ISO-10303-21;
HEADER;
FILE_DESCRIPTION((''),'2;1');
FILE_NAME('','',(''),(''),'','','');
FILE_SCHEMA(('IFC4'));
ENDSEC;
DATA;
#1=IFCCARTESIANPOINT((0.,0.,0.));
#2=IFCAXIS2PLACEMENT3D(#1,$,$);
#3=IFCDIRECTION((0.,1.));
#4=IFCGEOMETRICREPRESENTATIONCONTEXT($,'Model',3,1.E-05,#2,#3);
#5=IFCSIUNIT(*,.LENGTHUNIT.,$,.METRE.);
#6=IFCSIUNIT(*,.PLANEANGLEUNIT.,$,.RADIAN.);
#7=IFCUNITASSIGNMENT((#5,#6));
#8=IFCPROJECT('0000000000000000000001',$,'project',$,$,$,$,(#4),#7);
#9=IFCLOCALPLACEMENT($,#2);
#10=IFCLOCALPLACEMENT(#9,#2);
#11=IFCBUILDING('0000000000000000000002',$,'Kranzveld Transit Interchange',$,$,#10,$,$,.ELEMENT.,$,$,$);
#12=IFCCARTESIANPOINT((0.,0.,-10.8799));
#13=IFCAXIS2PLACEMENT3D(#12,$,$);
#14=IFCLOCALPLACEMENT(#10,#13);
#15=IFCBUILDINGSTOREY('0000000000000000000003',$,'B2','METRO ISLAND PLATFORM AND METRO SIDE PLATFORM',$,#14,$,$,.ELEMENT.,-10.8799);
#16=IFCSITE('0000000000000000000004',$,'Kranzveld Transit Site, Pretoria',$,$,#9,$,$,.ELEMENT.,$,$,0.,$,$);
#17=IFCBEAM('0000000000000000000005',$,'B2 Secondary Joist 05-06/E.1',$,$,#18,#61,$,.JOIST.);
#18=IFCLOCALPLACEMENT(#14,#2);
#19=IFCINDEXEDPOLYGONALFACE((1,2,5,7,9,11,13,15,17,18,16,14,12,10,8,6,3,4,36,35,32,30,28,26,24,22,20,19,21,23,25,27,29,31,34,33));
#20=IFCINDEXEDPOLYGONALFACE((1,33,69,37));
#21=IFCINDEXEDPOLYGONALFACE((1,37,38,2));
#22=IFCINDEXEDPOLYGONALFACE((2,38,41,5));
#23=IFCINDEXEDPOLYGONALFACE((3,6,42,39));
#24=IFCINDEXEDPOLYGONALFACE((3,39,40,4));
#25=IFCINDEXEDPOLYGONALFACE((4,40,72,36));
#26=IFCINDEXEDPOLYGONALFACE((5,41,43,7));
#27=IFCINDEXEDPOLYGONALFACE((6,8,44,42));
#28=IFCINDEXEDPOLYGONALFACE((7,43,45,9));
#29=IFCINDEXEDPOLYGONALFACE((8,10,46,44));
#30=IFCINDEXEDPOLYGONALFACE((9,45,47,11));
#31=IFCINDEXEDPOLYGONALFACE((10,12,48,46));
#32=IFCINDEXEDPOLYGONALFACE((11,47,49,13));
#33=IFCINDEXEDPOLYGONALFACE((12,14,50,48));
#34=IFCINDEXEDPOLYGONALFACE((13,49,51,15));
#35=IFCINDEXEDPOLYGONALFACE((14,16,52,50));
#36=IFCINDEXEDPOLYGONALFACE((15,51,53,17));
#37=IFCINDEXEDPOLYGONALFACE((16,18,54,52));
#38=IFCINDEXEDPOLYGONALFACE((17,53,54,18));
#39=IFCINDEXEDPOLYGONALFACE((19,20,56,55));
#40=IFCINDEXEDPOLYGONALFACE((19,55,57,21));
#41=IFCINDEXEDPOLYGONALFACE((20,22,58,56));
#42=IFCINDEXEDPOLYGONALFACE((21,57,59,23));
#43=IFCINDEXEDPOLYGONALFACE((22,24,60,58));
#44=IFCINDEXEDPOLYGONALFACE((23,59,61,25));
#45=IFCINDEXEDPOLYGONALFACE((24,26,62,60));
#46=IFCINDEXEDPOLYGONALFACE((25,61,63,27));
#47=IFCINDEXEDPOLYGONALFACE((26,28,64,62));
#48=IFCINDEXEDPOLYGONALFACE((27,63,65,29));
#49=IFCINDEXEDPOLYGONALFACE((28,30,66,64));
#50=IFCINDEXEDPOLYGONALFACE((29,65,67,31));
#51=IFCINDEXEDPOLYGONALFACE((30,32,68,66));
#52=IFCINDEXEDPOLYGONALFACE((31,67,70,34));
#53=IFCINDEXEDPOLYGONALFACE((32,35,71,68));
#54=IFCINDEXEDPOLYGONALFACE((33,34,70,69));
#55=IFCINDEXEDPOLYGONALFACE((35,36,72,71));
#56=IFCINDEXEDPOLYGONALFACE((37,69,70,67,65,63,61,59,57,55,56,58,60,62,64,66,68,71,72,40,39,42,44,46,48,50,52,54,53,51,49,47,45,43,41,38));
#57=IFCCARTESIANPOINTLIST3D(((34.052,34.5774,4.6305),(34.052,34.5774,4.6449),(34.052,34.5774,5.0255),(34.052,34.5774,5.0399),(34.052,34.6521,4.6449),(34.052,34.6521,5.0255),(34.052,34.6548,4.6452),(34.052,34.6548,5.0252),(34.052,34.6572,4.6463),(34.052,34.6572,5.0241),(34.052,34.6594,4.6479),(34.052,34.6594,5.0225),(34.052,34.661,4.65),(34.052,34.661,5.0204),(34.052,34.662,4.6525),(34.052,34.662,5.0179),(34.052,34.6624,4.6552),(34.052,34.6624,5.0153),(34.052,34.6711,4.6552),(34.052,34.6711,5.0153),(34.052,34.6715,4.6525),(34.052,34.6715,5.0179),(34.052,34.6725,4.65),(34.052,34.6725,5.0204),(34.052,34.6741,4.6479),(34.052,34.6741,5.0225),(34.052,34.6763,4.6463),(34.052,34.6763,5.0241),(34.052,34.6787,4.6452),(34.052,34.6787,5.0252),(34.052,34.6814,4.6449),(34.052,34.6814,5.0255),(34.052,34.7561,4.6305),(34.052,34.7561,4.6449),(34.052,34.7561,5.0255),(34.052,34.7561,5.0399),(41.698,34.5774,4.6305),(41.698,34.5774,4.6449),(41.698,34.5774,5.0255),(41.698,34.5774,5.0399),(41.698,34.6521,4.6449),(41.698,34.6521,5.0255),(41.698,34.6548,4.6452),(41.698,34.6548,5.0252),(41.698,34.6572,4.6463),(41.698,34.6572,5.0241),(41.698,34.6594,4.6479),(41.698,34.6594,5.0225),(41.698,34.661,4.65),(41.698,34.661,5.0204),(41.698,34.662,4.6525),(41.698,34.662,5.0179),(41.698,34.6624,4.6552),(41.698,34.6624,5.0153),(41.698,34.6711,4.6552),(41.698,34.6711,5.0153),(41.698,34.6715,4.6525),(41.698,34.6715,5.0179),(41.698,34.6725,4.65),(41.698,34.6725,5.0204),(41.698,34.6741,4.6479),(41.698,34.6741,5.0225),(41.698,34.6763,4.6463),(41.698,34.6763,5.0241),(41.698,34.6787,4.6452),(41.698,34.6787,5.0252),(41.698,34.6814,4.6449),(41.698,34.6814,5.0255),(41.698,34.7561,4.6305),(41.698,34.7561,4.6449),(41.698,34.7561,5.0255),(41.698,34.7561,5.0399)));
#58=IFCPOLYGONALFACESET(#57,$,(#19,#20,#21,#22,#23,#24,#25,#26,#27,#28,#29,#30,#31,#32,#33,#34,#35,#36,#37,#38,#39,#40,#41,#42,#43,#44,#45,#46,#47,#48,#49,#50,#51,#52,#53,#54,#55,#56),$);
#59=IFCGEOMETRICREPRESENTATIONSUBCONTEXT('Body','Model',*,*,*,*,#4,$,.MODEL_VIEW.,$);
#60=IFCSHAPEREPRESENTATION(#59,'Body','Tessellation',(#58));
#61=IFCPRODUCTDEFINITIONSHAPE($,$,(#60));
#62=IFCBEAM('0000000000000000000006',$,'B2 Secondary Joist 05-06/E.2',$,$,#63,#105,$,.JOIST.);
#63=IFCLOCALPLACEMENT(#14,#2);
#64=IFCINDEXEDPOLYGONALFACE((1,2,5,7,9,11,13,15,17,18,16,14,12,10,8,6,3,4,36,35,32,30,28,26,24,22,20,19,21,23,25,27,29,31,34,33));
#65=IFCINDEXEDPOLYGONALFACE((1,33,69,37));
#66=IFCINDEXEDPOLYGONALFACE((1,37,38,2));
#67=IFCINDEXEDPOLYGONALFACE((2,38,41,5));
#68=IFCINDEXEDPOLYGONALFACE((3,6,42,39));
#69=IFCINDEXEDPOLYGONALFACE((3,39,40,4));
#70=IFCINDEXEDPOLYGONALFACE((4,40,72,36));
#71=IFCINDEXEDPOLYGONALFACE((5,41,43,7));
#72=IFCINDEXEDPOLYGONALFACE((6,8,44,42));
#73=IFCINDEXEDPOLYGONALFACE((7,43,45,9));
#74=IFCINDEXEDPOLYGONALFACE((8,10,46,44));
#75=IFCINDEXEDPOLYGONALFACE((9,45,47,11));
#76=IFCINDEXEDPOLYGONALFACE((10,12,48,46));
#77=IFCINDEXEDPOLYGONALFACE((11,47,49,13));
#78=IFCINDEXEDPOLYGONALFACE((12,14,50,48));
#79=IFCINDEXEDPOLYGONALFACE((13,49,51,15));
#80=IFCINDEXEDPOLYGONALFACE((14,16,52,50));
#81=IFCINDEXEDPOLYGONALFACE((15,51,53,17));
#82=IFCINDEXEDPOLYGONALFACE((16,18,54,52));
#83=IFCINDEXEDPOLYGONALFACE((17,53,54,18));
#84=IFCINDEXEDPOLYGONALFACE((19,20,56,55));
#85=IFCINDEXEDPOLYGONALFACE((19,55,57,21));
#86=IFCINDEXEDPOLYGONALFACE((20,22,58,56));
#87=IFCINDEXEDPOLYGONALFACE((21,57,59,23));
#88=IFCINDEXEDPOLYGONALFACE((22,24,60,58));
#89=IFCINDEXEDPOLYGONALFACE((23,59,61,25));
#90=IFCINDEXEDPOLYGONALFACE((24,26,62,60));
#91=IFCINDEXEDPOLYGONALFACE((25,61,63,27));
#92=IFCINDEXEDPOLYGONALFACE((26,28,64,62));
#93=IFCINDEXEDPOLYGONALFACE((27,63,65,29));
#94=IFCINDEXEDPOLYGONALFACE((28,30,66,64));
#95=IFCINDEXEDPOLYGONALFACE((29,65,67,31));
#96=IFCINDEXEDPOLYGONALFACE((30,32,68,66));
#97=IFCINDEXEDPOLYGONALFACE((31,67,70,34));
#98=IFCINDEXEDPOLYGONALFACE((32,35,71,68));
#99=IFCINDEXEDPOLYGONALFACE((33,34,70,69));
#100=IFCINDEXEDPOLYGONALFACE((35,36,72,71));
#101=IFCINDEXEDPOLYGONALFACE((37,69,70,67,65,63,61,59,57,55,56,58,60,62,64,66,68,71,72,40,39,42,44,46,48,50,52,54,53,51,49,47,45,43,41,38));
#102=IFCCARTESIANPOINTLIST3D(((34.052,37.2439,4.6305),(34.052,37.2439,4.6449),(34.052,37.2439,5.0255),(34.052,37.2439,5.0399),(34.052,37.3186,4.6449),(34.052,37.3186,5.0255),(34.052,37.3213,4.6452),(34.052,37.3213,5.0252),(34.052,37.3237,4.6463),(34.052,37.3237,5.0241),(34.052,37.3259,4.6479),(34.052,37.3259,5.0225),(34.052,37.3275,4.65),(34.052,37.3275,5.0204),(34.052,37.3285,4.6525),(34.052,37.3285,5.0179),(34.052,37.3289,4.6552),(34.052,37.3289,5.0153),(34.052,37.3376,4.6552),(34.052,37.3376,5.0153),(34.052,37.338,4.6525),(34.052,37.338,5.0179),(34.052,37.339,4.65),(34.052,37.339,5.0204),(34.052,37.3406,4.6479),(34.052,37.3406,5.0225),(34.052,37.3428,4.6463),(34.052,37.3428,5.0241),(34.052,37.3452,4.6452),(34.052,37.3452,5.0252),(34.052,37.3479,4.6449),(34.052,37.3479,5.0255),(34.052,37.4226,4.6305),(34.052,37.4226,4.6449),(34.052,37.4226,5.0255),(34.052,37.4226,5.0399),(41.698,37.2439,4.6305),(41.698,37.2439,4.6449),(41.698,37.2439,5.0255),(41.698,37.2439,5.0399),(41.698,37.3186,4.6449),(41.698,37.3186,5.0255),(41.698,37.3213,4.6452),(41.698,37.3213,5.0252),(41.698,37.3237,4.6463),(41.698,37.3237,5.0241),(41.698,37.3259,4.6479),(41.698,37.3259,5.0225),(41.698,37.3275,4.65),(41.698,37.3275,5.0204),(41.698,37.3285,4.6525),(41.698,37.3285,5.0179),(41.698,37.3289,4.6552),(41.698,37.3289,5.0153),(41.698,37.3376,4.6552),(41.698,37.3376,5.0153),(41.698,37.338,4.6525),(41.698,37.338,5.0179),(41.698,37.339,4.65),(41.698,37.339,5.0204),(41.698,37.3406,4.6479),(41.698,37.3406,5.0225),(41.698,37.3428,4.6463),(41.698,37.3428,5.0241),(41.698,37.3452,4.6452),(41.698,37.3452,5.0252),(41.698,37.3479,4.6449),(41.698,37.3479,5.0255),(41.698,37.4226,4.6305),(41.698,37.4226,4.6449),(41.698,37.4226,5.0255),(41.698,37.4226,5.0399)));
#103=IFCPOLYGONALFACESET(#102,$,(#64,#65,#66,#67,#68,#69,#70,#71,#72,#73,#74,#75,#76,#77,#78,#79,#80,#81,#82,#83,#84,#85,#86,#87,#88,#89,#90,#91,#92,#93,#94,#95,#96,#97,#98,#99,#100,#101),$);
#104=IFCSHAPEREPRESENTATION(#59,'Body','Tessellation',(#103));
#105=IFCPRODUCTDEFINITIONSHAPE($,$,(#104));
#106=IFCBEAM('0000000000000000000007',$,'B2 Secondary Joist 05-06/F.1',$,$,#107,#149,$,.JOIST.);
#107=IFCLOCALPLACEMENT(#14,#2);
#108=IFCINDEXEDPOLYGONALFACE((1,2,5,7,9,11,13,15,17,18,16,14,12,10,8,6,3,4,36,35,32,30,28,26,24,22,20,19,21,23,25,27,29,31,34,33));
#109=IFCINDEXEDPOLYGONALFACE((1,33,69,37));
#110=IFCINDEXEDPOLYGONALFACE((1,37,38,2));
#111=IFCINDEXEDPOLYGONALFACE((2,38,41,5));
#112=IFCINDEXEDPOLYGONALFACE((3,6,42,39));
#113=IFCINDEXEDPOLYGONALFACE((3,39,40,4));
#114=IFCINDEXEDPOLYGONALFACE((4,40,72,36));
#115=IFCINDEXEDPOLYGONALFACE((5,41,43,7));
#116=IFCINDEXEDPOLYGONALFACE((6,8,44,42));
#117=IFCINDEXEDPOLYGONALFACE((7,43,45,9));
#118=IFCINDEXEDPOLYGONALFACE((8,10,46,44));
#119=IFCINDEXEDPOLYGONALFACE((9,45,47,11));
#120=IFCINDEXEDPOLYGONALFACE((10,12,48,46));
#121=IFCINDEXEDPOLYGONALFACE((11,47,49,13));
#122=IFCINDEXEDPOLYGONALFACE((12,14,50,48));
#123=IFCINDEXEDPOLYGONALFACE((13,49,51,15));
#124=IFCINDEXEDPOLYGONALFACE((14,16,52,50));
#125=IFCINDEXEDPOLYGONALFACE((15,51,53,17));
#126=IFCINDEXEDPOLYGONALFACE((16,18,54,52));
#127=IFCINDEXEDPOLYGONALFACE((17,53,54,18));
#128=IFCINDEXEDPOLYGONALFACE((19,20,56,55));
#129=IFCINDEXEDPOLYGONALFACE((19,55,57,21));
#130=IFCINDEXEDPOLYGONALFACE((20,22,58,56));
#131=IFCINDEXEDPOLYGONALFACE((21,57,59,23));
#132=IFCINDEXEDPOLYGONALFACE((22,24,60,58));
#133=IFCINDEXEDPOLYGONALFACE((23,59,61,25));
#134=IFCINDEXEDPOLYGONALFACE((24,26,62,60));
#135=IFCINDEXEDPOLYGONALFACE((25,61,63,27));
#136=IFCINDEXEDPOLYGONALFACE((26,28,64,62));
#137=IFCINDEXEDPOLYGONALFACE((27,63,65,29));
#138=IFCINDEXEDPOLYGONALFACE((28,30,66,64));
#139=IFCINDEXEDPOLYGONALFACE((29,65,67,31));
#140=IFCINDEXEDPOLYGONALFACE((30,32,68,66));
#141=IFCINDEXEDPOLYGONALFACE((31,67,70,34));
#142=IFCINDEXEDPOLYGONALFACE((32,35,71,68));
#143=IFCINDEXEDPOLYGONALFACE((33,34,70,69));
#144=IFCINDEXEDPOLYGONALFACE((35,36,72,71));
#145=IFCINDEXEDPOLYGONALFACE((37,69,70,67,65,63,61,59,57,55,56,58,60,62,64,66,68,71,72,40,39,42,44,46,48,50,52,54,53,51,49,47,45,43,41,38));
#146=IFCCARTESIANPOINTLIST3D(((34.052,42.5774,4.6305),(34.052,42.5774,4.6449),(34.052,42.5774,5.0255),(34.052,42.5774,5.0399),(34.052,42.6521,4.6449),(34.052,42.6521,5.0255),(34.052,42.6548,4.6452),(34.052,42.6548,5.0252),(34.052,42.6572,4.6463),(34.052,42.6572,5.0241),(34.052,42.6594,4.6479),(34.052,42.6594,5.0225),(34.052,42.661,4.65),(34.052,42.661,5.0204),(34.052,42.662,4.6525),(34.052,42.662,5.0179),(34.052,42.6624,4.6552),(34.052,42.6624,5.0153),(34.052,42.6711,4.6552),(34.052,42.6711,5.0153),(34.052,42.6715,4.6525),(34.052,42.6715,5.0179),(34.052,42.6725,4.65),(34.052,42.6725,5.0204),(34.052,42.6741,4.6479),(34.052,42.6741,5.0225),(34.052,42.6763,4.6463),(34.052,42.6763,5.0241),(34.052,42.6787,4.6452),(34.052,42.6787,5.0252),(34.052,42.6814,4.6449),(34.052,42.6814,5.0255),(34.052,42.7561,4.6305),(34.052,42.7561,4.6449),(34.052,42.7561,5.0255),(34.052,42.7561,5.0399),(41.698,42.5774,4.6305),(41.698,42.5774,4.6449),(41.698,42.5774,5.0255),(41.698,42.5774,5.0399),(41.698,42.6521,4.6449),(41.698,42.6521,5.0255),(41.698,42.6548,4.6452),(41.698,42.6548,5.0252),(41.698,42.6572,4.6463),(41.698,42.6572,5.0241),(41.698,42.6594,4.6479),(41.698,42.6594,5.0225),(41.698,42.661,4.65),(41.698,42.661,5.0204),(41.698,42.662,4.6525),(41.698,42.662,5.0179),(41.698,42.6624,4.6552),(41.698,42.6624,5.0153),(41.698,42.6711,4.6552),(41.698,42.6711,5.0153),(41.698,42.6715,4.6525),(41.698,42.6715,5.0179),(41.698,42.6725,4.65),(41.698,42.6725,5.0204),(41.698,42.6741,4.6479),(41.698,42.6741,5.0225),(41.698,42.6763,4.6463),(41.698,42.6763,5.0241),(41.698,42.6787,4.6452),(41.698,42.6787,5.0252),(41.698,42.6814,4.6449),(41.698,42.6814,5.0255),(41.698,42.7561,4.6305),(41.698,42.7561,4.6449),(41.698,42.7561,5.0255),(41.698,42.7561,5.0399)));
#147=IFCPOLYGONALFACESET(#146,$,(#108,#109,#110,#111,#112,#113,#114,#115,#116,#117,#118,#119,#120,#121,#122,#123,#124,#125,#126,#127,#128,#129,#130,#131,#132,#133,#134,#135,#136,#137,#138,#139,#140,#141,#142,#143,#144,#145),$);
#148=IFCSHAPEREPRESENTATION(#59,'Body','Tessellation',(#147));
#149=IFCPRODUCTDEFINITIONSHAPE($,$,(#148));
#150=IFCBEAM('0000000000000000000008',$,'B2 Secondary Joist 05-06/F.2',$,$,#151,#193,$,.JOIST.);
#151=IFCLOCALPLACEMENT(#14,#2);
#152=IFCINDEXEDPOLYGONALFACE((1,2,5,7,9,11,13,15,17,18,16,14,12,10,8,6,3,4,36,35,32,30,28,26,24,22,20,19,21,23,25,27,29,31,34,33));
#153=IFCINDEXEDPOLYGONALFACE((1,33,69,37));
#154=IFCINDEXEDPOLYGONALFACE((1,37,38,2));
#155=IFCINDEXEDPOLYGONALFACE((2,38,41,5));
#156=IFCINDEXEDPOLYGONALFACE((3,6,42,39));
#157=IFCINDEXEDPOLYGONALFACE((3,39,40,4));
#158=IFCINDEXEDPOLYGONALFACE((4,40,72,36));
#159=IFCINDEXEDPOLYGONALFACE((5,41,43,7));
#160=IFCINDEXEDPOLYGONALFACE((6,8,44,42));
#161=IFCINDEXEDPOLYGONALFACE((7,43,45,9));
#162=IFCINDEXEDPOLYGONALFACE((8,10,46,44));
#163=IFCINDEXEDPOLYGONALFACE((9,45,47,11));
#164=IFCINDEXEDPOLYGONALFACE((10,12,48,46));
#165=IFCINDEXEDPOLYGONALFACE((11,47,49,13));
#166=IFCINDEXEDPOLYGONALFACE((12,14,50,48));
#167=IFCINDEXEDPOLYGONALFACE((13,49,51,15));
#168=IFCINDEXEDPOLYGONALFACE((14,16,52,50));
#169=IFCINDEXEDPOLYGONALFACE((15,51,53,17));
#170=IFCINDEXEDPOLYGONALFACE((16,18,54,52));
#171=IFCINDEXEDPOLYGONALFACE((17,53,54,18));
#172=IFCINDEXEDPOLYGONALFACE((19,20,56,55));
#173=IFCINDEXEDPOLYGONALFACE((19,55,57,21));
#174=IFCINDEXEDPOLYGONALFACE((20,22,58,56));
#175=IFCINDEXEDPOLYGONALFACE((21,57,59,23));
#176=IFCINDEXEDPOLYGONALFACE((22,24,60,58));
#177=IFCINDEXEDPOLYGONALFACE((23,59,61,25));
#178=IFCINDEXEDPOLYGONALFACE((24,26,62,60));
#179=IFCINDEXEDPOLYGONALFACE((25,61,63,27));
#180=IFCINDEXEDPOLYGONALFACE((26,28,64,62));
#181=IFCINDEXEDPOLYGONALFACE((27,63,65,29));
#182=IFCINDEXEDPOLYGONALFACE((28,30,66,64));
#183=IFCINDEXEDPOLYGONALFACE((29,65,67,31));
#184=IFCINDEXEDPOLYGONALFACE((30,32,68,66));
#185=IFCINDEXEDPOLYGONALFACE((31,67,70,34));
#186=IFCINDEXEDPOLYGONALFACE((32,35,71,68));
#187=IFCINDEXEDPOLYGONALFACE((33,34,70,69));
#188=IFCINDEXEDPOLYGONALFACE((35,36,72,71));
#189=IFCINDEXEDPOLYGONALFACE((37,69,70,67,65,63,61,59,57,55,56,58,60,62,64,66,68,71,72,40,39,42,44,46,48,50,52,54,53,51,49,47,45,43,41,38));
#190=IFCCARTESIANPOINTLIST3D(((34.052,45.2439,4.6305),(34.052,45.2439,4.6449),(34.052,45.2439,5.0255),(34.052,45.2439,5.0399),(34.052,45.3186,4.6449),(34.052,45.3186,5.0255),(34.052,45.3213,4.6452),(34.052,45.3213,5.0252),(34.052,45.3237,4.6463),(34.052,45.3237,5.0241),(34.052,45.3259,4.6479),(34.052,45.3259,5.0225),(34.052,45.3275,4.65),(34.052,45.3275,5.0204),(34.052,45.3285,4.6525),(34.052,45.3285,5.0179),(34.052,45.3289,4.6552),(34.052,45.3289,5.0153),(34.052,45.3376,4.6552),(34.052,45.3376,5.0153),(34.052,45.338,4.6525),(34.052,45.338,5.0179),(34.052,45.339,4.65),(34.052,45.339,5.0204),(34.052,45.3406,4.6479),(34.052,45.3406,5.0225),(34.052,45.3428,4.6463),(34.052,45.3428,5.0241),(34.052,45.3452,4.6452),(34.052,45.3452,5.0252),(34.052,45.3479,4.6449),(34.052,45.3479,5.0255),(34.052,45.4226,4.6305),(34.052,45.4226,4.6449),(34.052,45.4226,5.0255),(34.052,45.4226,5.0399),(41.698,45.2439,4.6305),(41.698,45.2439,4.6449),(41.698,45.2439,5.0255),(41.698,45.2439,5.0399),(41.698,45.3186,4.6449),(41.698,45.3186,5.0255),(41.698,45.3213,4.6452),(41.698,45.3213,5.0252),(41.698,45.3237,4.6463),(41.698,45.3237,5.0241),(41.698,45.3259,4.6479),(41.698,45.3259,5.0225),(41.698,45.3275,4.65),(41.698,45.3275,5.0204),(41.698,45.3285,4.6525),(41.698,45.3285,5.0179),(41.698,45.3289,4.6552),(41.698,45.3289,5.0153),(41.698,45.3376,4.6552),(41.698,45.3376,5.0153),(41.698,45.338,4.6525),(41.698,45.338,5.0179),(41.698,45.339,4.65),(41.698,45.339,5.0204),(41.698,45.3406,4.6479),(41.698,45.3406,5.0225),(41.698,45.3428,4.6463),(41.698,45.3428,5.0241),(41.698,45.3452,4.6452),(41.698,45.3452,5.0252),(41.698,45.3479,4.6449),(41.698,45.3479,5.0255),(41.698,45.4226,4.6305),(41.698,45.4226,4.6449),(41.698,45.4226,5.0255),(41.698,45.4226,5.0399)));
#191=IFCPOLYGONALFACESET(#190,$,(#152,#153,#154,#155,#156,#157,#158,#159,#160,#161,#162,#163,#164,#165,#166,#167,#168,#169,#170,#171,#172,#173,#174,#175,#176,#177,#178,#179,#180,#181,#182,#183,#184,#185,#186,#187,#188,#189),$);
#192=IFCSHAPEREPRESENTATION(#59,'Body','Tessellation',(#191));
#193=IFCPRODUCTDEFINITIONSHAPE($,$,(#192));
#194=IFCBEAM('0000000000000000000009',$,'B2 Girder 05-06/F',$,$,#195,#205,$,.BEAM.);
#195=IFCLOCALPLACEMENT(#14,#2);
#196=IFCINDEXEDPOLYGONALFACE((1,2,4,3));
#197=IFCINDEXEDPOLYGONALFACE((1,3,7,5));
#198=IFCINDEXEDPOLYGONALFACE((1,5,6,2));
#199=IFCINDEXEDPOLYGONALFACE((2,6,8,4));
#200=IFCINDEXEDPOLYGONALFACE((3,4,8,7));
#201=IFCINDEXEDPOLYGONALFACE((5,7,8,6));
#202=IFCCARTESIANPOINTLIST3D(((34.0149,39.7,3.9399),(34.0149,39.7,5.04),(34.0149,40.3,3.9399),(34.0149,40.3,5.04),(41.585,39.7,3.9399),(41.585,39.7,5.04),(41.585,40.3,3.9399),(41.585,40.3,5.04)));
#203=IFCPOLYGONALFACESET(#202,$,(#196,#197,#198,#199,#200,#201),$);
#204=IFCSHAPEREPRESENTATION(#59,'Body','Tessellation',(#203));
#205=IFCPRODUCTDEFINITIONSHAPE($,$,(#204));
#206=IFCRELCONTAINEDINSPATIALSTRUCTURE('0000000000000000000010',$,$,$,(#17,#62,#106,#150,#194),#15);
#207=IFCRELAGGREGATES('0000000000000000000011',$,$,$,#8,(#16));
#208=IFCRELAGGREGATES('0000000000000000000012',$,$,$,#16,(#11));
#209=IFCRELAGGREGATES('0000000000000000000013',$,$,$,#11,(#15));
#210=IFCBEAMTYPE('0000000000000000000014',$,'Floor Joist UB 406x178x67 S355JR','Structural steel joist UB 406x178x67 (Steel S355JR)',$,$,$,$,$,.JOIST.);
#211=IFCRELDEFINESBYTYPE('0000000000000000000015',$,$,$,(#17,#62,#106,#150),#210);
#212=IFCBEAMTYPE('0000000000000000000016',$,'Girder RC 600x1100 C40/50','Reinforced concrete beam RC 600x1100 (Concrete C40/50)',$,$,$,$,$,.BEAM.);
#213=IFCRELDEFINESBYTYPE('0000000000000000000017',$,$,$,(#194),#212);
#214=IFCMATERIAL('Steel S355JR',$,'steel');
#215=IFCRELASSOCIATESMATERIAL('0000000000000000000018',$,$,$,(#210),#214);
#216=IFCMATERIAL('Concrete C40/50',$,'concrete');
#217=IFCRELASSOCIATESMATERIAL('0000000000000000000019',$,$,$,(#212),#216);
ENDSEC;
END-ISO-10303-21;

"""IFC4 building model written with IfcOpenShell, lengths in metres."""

from ifc_helpers import new_model, si_unit, direction, frame, origin, origin_2d, place, context, subcontext, project, spatial, rectangle, i_section, extrude, material, material_profile, profile_set, type_object, element, save


model = new_model("IFC4")

# Units and contexts
model_context = context("Model", 3, precision=1e-05, world=origin(), true_north=direction((0.0, 1.0)))
body_context = subcontext(model_context, "Body", "Model", "MODEL_VIEW")
ifc_project = project(units=[si_unit("LENGTHUNIT", "METRE"), si_unit("PLANEANGLEUNIT", "RADIAN")], contexts=[model_context])

# Site, building, storey
site_placement = place(None, origin())
site = spatial("IfcSite", under=ifc_project, at=site_placement, Name="Kranzveld Transit Site, Pretoria", CompositionType="ELEMENT", RefElevation=0.0)
building_placement = place(site_placement, origin())
building = spatial("IfcBuilding", under=site, at=building_placement, Name="Kranzveld Transit Interchange", CompositionType="ELEMENT")
storey_placement = place(building_placement, frame((0.0, 0.0, -10.8799)))
storey = spatial("IfcBuildingStorey", under=building, at=storey_placement, Name="B2", Description="METRO ISLAND PLATFORM AND METRO SIDE PLATFORM", CompositionType="ELEMENT", Elevation=-10.8799)

# Beams
ifc_material_1 = material(Name="Steel S355JR", Category="steel")
ifc_material_profile_1 = material_profile(ifc_material_1, i_section(OverallWidth=0.1787, OverallDepth=0.4094, WebThickness=0.0088, FlangeThickness=0.0144, FilletRadius=0.0103, at=origin_2d()), Name="UB 406x178x67")
ifc_profile_set_1 = profile_set([ifc_material_profile_1], Name="Steel S355JR")
beam_type_1 = type_object("IfcBeamType", Name="Floor Joist UB 406x178x67 S355JR", Description="Structural steel joist UB 406x178x67 (Steel S355JR)", PredefinedType="JOIST", material=ifc_profile_set_1)
for number, where, z_axis, x_axis, name in (
    (1, (34.052, 34.6667, 4.8352), (1.0, 0.0, 0.0), (0.0, 1.0, 0.0), "B2 Secondary Joist 05-06/E.1"),
    (2, (34.052, 37.3333, 4.8352), (1.0, 0.0, 0.0), (0.0, 1.0, 0.0), "B2 Secondary Joist 05-06/E.2"),
    (3, (34.052, 42.6667, 4.8352), (1.0, 0.0, 0.0), (0.0, 1.0, 0.0), "B2 Secondary Joist 05-06/F.1"),
    (4, (34.052, 45.3333, 4.8352), (1.0, 0.0, 0.0), (0.0, 1.0, 0.0), "B2 Secondary Joist 05-06/F.2"),
):
    element("IfcBeam", number, at=place(storey_placement, frame(where, z_axis=z_axis, x_axis=x_axis)), inside=storey, type_object=beam_type_1, Name=name, PredefinedType="JOIST", context=body_context, shape_type="SweptSolid", body=[
        extrude(i_section(OverallWidth=0.1787, OverallDepth=0.4094, WebThickness=0.0088, FlangeThickness=0.0144, FilletRadius=0.0103, at=origin_2d()), origin(), (0.0, 0.0, 1.0), 7.646),
    ])
ifc_material_2 = material(Name="Concrete C40/50", Category="concrete")
ifc_material_profile_2 = material_profile(ifc_material_2, rectangle(XDim=0.6001, YDim=1.1001, at=origin_2d()), Name="RC 600x1100")
ifc_profile_set_2 = profile_set([ifc_material_profile_2], Name="Concrete C40/50")
beam_type_2 = type_object("IfcBeamType", Name="Girder RC 600x1100 C40/50", Description="Reinforced concrete beam RC 600x1100 (Concrete C40/50)", PredefinedType="BEAM", material=ifc_profile_set_2)
beam_placement = place(storey_placement, frame((34.0149, 40.0, 4.49), z_axis=(1.0, 0.0, 0.0), x_axis=(0.0, 1.0, 0.0)))
element("IfcBeam", 5, at=beam_placement, inside=storey, type_object=beam_type_2, Name="B2 Girder 05-06/F", PredefinedType="BEAM", context=body_context, shape_type="SweptSolid", body=[
    extrude(rectangle(XDim=0.6001, YDim=1.1001, at=origin_2d()), origin(), (0.0, 0.0, 1.0), 7.5701),
])

save(model, "model.ifc")
